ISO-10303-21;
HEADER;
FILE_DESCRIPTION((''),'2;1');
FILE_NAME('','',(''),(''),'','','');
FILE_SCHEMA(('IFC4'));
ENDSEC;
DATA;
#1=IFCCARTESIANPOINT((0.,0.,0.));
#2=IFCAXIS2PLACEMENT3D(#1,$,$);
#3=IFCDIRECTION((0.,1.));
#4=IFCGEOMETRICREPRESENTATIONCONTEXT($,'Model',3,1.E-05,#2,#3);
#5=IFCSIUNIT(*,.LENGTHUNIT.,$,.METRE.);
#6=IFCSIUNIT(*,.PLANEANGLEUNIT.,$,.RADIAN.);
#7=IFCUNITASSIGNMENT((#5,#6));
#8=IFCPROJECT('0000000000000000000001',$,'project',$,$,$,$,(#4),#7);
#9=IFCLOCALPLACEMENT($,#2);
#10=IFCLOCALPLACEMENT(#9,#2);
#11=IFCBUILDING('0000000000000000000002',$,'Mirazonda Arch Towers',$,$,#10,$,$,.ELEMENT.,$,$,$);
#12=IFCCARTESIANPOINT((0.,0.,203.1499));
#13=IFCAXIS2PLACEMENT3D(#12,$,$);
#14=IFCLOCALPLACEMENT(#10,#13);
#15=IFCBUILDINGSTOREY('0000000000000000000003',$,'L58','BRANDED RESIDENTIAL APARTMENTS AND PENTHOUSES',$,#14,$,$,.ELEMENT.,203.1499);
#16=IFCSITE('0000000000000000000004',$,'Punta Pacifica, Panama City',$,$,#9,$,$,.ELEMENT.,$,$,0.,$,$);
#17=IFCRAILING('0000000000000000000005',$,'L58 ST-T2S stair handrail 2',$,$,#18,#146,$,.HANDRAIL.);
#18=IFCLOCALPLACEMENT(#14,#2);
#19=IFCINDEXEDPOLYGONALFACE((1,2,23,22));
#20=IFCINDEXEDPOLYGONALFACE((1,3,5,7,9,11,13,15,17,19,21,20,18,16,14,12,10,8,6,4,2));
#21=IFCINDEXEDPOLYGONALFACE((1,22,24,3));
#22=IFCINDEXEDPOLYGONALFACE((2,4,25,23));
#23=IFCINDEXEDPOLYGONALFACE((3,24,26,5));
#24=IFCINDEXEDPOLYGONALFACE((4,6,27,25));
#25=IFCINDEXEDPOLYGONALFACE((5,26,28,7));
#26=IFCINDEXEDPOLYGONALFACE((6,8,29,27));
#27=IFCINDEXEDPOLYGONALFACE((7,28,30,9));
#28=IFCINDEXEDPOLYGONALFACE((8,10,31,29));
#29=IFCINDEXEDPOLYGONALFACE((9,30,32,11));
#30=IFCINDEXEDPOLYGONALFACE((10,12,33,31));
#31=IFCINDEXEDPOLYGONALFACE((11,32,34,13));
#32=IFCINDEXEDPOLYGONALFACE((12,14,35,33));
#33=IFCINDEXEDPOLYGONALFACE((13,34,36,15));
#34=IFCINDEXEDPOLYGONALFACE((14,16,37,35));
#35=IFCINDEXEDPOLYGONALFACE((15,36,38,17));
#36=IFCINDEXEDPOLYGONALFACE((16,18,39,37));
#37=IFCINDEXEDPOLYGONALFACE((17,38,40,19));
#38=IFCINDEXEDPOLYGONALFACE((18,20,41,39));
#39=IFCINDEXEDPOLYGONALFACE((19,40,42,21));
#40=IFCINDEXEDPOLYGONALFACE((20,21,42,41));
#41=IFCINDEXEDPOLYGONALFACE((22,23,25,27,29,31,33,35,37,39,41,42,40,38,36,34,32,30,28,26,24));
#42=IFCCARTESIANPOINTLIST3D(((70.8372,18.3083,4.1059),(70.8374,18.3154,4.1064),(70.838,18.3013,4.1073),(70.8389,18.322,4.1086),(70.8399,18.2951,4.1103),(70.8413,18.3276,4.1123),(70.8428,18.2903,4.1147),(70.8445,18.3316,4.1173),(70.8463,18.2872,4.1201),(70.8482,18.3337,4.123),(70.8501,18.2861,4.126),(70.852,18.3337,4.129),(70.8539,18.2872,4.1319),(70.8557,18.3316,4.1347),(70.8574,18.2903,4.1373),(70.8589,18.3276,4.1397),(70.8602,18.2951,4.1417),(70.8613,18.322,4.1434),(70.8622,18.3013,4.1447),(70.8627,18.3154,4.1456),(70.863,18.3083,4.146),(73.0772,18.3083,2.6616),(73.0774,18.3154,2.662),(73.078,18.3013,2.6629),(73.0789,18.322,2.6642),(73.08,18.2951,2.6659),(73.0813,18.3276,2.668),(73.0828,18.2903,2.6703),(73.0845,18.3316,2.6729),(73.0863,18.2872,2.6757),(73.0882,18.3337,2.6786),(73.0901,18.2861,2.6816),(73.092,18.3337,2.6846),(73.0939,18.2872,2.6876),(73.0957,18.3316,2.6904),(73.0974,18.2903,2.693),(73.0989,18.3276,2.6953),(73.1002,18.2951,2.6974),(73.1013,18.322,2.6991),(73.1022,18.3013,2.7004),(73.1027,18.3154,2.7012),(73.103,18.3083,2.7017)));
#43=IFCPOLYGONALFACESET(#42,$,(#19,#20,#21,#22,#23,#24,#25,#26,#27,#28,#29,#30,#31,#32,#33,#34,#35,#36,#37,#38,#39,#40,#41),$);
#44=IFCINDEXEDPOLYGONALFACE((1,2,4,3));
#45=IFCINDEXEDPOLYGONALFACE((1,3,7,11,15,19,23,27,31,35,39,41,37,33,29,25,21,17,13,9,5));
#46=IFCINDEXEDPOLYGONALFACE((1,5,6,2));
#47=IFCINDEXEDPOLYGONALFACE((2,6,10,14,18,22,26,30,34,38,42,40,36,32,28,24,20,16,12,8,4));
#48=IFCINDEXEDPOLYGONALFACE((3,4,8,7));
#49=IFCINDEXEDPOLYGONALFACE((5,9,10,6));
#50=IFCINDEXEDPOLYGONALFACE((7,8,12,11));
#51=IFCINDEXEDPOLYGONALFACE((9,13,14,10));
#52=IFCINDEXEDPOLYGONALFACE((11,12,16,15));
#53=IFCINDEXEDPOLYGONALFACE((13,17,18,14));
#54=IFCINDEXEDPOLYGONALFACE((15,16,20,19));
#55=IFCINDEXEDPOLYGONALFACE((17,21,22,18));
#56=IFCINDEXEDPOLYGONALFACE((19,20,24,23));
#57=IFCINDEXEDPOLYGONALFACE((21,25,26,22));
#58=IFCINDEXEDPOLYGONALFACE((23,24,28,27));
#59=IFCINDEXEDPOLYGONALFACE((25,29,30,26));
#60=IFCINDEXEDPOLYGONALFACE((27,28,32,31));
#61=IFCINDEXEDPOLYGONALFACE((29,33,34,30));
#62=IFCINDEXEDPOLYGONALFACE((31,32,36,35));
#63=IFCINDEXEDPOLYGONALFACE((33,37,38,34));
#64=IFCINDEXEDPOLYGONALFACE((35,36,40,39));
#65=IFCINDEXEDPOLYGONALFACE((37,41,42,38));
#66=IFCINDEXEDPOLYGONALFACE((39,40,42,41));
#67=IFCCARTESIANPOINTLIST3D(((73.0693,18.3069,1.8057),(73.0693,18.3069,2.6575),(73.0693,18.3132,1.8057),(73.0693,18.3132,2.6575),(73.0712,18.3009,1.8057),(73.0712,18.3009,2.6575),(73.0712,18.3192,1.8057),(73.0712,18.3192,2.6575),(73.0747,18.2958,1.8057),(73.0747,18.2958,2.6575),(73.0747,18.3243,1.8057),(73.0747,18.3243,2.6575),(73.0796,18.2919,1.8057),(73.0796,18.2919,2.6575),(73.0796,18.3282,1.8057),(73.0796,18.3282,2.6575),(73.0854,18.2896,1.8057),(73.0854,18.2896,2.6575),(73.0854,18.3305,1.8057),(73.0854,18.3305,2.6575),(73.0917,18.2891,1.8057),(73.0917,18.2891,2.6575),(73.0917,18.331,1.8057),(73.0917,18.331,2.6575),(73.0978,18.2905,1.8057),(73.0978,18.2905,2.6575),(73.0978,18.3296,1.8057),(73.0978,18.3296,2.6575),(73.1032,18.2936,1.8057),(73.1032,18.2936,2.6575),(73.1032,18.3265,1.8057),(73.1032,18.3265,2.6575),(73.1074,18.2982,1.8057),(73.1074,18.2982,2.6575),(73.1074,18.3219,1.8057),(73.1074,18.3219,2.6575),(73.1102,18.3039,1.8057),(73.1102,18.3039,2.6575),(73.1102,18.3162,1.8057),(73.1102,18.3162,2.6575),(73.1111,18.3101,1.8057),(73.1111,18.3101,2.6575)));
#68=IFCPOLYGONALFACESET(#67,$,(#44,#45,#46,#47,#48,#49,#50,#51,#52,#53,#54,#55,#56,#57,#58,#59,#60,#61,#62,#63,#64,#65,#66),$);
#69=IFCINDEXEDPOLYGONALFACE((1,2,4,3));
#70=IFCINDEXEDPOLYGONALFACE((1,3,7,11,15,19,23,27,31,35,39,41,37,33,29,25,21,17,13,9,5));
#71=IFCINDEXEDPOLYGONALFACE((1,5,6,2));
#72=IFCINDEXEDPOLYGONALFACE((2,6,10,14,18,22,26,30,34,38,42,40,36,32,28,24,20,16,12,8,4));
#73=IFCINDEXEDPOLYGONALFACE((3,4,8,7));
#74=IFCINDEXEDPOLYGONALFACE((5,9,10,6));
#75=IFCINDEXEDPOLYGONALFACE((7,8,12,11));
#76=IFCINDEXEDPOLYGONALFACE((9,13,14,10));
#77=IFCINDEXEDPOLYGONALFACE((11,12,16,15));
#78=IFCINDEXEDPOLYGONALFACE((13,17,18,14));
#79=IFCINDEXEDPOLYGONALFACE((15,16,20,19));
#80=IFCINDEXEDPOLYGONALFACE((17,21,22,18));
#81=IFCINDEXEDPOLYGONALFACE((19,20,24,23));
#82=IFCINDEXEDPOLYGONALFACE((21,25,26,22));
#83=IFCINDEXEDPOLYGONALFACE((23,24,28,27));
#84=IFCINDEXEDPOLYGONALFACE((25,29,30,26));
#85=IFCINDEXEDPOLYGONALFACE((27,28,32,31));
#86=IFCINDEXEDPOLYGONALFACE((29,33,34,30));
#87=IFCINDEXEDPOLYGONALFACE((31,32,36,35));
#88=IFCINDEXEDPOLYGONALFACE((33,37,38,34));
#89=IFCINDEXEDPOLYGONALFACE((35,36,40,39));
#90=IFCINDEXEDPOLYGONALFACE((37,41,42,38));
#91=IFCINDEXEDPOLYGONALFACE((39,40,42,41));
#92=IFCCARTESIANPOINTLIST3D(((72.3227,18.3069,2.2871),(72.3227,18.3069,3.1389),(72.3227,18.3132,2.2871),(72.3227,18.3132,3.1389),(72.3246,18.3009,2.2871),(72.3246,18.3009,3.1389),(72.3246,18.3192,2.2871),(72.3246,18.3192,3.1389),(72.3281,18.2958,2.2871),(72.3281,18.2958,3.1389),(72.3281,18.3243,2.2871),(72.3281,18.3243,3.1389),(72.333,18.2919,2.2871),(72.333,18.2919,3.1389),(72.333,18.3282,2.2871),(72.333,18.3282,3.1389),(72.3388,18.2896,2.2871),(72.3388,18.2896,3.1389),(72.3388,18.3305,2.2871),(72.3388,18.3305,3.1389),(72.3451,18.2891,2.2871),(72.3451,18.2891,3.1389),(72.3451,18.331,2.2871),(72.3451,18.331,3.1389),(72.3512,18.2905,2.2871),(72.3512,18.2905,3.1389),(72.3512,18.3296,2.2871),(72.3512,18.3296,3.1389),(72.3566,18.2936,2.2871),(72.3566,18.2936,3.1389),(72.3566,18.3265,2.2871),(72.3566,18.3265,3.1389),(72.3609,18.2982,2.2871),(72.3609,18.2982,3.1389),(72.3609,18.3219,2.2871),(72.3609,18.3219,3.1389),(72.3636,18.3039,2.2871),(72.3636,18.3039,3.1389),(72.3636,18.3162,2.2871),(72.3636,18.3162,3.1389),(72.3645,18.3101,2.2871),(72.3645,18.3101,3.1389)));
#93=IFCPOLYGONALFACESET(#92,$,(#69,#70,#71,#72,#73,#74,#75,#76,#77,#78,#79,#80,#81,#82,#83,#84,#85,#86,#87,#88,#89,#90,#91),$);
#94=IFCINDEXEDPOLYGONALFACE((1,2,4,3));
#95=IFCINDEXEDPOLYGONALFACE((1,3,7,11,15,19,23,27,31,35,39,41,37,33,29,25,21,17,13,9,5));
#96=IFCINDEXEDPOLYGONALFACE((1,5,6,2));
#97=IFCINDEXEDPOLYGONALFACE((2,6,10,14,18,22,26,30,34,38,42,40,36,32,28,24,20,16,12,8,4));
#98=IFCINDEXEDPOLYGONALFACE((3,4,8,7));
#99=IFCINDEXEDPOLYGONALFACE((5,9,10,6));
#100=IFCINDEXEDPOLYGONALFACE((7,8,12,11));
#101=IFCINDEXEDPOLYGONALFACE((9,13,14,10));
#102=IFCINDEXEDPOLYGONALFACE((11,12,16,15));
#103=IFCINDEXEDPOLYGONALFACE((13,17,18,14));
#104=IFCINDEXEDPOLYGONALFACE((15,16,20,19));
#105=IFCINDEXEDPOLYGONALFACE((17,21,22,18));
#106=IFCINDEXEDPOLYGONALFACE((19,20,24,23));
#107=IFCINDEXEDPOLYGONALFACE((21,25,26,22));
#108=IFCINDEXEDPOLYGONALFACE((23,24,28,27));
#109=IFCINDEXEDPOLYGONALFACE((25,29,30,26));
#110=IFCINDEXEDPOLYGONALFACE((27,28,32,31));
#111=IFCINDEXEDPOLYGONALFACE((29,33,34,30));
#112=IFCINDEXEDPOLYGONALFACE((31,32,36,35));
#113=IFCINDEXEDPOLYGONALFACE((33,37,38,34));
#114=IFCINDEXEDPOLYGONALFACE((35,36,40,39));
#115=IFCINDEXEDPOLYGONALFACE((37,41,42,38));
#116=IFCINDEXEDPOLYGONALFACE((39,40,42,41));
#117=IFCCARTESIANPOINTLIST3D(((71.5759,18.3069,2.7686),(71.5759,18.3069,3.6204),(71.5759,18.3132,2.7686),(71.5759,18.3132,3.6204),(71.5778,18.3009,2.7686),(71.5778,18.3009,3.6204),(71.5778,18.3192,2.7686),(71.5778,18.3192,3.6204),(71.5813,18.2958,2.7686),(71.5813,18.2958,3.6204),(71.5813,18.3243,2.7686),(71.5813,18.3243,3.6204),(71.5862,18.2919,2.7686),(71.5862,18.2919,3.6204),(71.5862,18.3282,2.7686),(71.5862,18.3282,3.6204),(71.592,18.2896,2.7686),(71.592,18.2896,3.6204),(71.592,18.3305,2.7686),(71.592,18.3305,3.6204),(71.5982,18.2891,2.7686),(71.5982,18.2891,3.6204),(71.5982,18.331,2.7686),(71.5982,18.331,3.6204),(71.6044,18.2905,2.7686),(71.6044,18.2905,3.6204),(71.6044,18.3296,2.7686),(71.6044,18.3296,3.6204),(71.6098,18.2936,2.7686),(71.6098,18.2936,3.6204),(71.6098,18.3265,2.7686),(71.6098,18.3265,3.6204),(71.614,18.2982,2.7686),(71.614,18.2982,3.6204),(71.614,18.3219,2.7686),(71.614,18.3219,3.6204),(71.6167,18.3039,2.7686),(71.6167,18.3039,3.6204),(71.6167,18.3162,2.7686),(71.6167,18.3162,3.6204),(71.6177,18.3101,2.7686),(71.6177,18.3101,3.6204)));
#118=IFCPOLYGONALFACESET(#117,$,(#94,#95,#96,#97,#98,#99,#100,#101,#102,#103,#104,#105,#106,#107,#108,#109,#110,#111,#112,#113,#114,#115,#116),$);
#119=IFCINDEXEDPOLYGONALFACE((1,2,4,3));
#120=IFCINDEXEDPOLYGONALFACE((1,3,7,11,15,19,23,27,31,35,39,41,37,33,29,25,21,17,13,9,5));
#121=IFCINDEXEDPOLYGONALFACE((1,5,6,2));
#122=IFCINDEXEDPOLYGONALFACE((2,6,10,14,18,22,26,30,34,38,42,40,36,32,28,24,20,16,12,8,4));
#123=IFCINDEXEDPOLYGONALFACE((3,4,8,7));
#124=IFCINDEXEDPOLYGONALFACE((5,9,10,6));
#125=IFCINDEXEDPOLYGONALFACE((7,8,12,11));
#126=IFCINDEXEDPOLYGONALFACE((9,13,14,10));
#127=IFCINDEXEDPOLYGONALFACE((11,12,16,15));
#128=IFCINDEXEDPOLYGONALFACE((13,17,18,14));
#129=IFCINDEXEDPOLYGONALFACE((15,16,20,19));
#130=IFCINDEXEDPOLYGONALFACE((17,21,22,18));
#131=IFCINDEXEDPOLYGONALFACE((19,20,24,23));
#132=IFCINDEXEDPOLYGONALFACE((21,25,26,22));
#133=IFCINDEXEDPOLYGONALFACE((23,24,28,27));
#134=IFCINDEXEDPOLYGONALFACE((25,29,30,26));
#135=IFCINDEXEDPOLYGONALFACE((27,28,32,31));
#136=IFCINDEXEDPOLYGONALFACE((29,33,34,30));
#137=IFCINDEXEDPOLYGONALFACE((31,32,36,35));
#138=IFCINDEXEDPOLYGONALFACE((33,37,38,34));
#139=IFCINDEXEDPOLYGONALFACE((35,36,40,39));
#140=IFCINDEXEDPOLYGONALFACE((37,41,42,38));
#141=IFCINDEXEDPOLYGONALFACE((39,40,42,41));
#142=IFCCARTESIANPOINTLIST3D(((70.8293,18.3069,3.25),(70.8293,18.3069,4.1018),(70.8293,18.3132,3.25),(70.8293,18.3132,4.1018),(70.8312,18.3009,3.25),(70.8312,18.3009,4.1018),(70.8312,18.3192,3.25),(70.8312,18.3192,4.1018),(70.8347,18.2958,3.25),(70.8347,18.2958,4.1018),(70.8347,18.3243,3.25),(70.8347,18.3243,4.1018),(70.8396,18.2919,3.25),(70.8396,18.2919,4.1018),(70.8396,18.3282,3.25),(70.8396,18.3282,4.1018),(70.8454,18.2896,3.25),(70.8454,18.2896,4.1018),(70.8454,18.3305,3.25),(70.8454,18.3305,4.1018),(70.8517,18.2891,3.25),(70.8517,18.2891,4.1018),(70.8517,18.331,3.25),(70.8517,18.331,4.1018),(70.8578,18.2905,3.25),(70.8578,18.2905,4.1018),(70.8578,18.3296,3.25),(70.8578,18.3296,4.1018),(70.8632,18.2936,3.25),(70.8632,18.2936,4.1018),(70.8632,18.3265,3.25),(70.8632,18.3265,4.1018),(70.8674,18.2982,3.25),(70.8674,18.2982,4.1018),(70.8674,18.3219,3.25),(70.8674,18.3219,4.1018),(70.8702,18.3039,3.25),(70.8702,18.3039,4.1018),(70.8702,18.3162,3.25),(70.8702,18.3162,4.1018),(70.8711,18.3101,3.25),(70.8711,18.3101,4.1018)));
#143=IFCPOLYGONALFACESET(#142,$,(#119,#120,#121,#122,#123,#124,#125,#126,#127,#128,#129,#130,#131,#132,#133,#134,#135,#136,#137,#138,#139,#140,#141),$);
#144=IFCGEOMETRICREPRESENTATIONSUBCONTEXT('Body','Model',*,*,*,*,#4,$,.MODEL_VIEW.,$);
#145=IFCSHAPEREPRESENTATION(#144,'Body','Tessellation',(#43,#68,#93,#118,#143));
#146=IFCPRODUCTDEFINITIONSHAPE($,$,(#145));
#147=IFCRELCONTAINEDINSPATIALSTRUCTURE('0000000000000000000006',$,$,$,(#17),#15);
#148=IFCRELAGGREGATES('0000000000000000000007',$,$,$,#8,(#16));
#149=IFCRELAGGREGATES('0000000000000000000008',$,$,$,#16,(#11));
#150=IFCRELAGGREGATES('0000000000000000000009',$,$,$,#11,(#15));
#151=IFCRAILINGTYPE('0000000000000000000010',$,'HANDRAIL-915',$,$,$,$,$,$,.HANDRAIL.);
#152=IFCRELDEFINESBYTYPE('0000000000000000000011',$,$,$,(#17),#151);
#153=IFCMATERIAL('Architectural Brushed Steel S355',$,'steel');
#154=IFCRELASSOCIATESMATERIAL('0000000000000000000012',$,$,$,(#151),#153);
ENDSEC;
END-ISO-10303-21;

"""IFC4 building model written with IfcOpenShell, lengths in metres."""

from ifc_helpers import new_model, si_unit, direction, frame, origin, origin_2d, place, context, subcontext, project, spatial, circle, extrude, material, type_object, element, save


model = new_model("IFC4")

# Units and contexts
model_context = context("Model", 3, precision=1e-05, world=origin(), true_north=direction((0.0, 1.0)))
body_context = subcontext(model_context, "Body", "Model", "MODEL_VIEW")
ifc_project = project(units=[si_unit("LENGTHUNIT", "METRE"), si_unit("PLANEANGLEUNIT", "RADIAN")], contexts=[model_context])

# Site, building, storey
site_placement = place(None, origin())
site = spatial("IfcSite", under=ifc_project, at=site_placement, Name="Punta Pacifica, Panama City", CompositionType="ELEMENT", RefElevation=0.0)
building_placement = place(site_placement, origin())
building = spatial("IfcBuilding", under=site, at=building_placement, Name="Mirazonda Arch Towers", CompositionType="ELEMENT")
storey_placement = place(building_placement, frame((0.0, 0.0, 203.1499)))
storey = spatial("IfcBuildingStorey", under=building, at=storey_placement, Name="L58", Description="BRANDED RESIDENTIAL APARTMENTS AND PENTHOUSES", CompositionType="ELEMENT", Elevation=203.1499)

# Shared definitions
ifc_material_1 = material(Name="Architectural Brushed Steel S355", Category="steel")

# Railing
railing_type_1 = type_object("IfcRailingType", Name="HANDRAIL-915", PredefinedType="HANDRAIL", material=ifc_material_1)
railing_1_placement = place(storey_placement, frame((73.0901, 18.3101, 1.8057)))
element("IfcRailing", 1, at=railing_1_placement, inside=storey, type_object=railing_type_1, Name="L58 ST-T2S stair handrail 2", PredefinedType="HANDRAIL", context=body_context, shape_type="SweptSolid", body=[
    extrude(circle(Radius=0.0239, at=origin_2d()), frame((0.0, 0.0, 0.876), z_axis=(-0.840437, 0.0, 0.54191), x_axis=(0.0, -1.0, 0.0)), (0.0, 0.0, 1.0), 2.6653),
    extrude(circle(Radius=0.021, at=origin_2d()), origin(), (0.0, 0.0, 1.0), 0.8518),
    extrude(circle(Radius=0.021, at=origin_2d()), frame((-0.7466, 0.0, 0.4814)), (0.0, 0.0, 1.0), 0.8518),
    extrude(circle(Radius=0.021, at=origin_2d()), frame((-1.4934, 0.0, 0.9629)), (0.0, 0.0, 1.0), 0.8518),
    extrude(circle(Radius=0.021, at=origin_2d()), frame((-2.24, 0.0, 1.4443)), (0.0, 0.0, 1.0), 0.8518),
])

save(model, "model.ifc")
